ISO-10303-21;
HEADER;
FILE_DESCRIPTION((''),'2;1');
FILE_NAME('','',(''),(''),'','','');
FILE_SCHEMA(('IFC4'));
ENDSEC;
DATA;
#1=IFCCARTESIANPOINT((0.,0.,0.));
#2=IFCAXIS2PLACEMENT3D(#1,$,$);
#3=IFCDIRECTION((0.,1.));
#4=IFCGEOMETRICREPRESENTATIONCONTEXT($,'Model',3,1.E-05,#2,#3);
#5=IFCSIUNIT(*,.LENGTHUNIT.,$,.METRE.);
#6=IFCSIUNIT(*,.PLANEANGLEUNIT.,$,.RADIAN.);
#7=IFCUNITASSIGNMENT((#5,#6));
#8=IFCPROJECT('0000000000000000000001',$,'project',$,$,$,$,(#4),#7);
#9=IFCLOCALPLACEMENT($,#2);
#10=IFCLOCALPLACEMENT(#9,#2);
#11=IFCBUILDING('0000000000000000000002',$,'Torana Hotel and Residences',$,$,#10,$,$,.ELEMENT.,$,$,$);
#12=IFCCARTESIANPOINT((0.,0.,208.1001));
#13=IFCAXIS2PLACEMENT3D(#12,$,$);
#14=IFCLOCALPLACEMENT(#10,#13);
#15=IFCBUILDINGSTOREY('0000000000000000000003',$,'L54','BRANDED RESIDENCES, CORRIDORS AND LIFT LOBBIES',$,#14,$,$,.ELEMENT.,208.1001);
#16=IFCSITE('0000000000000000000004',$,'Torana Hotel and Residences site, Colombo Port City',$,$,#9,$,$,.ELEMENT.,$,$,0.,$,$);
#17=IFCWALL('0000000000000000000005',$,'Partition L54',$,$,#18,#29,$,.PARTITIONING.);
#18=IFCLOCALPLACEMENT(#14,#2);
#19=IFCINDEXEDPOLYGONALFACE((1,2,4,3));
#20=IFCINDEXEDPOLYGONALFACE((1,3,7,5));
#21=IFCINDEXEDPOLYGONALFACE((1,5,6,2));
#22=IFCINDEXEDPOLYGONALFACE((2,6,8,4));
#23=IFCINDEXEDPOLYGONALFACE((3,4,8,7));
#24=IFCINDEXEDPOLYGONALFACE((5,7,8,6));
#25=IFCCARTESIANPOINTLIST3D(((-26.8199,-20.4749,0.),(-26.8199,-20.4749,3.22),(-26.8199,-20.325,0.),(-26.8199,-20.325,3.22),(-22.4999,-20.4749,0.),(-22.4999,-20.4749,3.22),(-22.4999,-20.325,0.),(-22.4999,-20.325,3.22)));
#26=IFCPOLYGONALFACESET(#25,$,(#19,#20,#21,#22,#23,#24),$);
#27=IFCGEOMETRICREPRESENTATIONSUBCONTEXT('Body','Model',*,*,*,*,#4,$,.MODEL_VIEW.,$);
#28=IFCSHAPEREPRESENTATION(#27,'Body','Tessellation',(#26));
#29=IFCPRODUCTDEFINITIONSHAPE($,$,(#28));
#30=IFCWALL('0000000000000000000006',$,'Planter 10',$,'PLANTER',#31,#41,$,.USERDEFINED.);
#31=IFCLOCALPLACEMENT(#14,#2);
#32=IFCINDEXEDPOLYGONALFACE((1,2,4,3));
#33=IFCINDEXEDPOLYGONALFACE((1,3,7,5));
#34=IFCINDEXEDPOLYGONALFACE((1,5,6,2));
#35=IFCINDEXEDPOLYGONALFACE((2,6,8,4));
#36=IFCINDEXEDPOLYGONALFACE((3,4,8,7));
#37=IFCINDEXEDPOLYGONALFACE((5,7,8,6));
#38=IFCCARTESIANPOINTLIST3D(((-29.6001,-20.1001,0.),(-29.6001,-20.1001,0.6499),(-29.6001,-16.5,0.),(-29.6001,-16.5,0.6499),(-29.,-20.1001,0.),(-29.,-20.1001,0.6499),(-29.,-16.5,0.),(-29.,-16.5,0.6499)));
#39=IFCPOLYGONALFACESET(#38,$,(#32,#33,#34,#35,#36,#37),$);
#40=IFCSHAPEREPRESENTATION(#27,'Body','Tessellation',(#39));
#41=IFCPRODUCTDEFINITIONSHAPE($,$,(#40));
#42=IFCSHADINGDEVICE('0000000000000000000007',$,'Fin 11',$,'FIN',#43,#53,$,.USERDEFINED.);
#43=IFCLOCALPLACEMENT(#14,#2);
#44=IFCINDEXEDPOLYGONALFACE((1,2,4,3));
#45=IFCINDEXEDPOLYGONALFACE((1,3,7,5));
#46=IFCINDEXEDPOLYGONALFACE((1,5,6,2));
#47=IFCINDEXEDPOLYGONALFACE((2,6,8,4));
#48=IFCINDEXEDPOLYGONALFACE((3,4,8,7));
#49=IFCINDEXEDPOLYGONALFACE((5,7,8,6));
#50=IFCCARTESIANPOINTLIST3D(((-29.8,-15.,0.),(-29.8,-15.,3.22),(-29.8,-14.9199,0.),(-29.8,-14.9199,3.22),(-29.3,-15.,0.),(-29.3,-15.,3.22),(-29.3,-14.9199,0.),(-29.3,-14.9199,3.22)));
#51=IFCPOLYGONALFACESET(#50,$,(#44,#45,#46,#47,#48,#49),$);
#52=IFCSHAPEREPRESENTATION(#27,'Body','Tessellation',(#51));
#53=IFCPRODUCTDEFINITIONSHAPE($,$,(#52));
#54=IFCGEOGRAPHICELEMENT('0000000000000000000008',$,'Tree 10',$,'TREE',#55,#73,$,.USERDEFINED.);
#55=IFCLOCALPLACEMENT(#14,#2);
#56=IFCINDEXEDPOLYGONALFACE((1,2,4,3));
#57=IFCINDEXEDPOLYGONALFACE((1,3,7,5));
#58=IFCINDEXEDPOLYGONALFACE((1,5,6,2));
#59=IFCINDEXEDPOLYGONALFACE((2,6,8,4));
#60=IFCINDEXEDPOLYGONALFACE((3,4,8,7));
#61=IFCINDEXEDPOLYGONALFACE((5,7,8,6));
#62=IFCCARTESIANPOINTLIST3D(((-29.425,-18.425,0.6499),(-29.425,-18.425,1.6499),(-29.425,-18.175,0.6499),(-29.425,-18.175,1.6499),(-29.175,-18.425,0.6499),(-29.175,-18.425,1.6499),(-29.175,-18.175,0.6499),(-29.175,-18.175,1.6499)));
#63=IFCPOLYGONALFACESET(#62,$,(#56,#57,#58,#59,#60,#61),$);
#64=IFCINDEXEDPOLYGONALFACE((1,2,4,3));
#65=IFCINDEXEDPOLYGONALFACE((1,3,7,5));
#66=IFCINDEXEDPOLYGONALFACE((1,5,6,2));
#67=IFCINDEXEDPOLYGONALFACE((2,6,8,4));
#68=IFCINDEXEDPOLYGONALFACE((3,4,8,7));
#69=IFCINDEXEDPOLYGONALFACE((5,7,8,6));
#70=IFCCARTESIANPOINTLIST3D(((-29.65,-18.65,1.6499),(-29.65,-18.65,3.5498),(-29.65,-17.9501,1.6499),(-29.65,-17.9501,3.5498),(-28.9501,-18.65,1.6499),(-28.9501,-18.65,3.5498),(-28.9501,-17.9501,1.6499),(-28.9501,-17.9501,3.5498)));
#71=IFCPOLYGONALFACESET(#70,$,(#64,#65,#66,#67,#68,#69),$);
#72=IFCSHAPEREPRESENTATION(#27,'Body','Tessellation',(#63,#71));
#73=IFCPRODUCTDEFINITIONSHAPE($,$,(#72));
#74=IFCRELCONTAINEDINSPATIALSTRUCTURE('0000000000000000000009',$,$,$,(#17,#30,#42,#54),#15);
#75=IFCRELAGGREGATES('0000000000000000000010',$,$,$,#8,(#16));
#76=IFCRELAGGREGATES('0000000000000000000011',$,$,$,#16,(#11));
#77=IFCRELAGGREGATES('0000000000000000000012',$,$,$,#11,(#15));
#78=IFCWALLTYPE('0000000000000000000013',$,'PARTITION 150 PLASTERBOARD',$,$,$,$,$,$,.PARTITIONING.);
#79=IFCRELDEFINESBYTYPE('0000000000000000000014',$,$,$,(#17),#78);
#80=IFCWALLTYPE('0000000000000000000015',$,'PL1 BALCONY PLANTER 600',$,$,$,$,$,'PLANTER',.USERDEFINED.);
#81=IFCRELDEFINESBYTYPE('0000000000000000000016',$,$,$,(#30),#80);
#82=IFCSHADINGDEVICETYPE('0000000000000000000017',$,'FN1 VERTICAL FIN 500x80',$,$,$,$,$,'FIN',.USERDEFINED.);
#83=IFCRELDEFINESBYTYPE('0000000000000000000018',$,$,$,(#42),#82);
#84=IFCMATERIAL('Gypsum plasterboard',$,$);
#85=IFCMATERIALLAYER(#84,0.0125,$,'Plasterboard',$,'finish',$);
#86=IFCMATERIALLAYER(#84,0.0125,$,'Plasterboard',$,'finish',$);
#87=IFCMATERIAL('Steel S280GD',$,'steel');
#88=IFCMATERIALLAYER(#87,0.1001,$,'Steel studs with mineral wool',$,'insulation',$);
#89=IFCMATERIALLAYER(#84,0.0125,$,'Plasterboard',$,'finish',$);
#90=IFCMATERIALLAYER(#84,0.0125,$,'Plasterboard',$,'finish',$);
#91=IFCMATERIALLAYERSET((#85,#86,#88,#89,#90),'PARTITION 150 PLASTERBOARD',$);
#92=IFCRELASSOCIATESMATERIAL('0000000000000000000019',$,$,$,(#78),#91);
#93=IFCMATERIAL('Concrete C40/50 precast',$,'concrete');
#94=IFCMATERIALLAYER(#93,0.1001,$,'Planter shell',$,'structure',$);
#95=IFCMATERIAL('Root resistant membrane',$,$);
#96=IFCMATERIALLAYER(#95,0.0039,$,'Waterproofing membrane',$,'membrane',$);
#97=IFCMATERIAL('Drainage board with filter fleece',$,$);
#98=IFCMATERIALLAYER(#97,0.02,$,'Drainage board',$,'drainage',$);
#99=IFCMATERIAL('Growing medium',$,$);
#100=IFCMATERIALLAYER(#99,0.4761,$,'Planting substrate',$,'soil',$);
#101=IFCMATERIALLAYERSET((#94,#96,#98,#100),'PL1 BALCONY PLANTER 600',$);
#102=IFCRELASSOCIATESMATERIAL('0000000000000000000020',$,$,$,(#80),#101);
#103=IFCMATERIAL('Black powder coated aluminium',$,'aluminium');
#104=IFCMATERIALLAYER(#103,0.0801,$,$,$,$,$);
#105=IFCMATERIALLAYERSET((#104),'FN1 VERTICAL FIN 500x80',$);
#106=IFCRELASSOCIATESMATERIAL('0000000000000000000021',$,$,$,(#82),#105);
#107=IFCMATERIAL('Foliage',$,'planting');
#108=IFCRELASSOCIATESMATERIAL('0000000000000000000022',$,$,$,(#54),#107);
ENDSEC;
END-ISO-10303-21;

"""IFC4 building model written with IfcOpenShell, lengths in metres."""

from ifc_helpers import new_model, si_unit, direction, frame, frame_2d, origin, origin_2d, place, context, subcontext, project, spatial, rectangle, extrude, material, layer, layer_set, type_object, element, save


model = new_model("IFC4")

# Units and contexts
model_context = context("Model", 3, precision=1e-05, world=origin(), true_north=direction((0.0, 1.0)))
body_context = subcontext(model_context, "Body", "Model", "MODEL_VIEW")
ifc_project = project(units=[si_unit("LENGTHUNIT", "METRE"), si_unit("PLANEANGLEUNIT", "RADIAN")], contexts=[model_context])

# Site, building, storey
site_placement = place(None, origin())
site = spatial("IfcSite", under=ifc_project, at=site_placement, Name="Torana Hotel and Residences site, Colombo Port City", CompositionType="ELEMENT", RefElevation=0.0)
building_placement = place(site_placement, origin())
building = spatial("IfcBuilding", under=site, at=building_placement, Name="Torana Hotel and Residences", CompositionType="ELEMENT")
storey_placement = place(building_placement, frame((0.0, 0.0, 208.1001)))
storey = spatial("IfcBuildingStorey", under=building, at=storey_placement, Name="L54", Description="BRANDED RESIDENCES, CORRIDORS AND LIFT LOBBIES", CompositionType="ELEMENT", Elevation=208.1001)

# Walls
ifc_material_1 = material(Name="Gypsum plasterboard")
ifc_layer_1 = layer(ifc_material_1, 0.0125, Name="Plasterboard", Category="finish")
ifc_layer_2 = layer(ifc_material_1, 0.0125, Name="Plasterboard", Category="finish")
ifc_material_2 = material(Name="Steel S280GD", Category="steel")
ifc_layer_3 = layer(ifc_material_2, 0.1001, Name="Steel studs with mineral wool", Category="insulation")
ifc_layer_4 = layer(ifc_material_1, 0.0125, Name="Plasterboard", Category="finish")
ifc_layer_5 = layer(ifc_material_1, 0.0125, Name="Plasterboard", Category="finish")
ifc_layer_set_1 = layer_set([ifc_layer_1, ifc_layer_2, ifc_layer_3, ifc_layer_4, ifc_layer_5], Name="PARTITION 150 PLASTERBOARD")
wall_type_1 = type_object("IfcWallType", Name="PARTITION 150 PLASTERBOARD", PredefinedType="PARTITIONING", material=ifc_layer_set_1)
wall_1_placement = place(storey_placement, frame((-26.8201, -20.3999, 0.0), z_axis=(0.0, 0.0, 1.0), x_axis=(1.0, 0.0, 0.0)))
element("IfcWall", 1, at=wall_1_placement, inside=storey, type_object=wall_type_1, Name="Partition L54", PredefinedType="PARTITIONING", context=body_context, shape_type="SweptSolid", body=[
    extrude(rectangle(XDim=4.3201, YDim=0.1499, at=frame_2d((2.1602, 0.0))), origin(), (0.0, 0.0, 1.0), 3.22),
])
ifc_material_3 = material(Name="Concrete C40/50 precast", Category="concrete")
ifc_layer_6 = layer(ifc_material_3, 0.1001, Name="Planter shell", Category="structure")
ifc_material_4 = material(Name="Root resistant membrane")
ifc_layer_7 = layer(ifc_material_4, 0.0039, Name="Waterproofing membrane", Category="membrane")
ifc_material_5 = material(Name="Drainage board with filter fleece")
ifc_layer_8 = layer(ifc_material_5, 0.02, Name="Drainage board", Category="drainage")
ifc_material_6 = material(Name="Growing medium")
ifc_layer_9 = layer(ifc_material_6, 0.4761, Name="Planting substrate", Category="soil")
ifc_layer_set_2 = layer_set([ifc_layer_6, ifc_layer_7, ifc_layer_8, ifc_layer_9], Name="PL1 BALCONY PLANTER 600")
wall_type_2 = type_object("IfcWallType", Name="PL1 BALCONY PLANTER 600", ElementType="PLANTER", PredefinedType="USERDEFINED", material=ifc_layer_set_2)
wall_2_placement = place(storey_placement, frame((-29.3, -20.1001, 0.0), z_axis=(0.0, 0.0, 1.0), x_axis=(0.0, 1.0, 0.0)))
element("IfcWall", 2, at=wall_2_placement, inside=storey, type_object=wall_type_2, Name="Planter 10", ObjectType="PLANTER", PredefinedType="USERDEFINED", context=body_context, shape_type="SweptSolid", body=[
    extrude(rectangle(XDim=3.6001, YDim=0.6001, at=frame_2d((1.8, 0.0))), origin(), (0.0, 0.0, 1.0), 0.6499),
])

# Shading device
ifc_material_7 = material(Name="Black powder coated aluminium", Category="aluminium")
ifc_layer_10 = layer(ifc_material_7, 0.0801)
ifc_layer_set_3 = layer_set([ifc_layer_10], Name="FN1 VERTICAL FIN 500x80")
shading_device_type = type_object("IfcShadingDeviceType", Name="FN1 VERTICAL FIN 500x80", ElementType="FIN", PredefinedType="USERDEFINED", material=ifc_layer_set_3)
shading_device_placement = place(storey_placement, frame((-29.55, -14.96, 0.0), z_axis=(0.0, 0.0, 1.0), x_axis=(0.0, 1.0, 0.0)))
element("IfcShadingDevice", 3, at=shading_device_placement, inside=storey, type_object=shading_device_type, Name="Fin 11", ObjectType="FIN", PredefinedType="USERDEFINED", context=body_context, shape_type="SweptSolid", body=[
    extrude(rectangle(XDim=0.0801, YDim=0.5, at=origin_2d()), origin(), (0.0, 0.0, 1.0), 3.22),
])

# Geographic element
ifc_material_8 = material(Name="Foliage", Category="planting")
geographic_element_placement = place(storey_placement, frame((-29.3, -18.3, 0.6499), z_axis=(0.0, 0.0, 1.0), x_axis=(1.0, 0.0, 0.0)))
element("IfcGeographicElement", 4, at=geographic_element_placement, inside=storey, material=ifc_material_8, Name="Tree 10", ObjectType="TREE", PredefinedType="USERDEFINED", context=body_context, shape_type="SweptSolid", body=[
    extrude(rectangle(XDim=0.25, YDim=0.25, at=origin_2d()), origin(), (0.0, 0.0, 1.0), 1.0),
    extrude(rectangle(XDim=0.7, YDim=0.7, at=origin_2d()), frame((0.0, 0.0, 1.0)), (0.0, 0.0, 1.0), 1.8999),
])

save(model, "model.ifc")
